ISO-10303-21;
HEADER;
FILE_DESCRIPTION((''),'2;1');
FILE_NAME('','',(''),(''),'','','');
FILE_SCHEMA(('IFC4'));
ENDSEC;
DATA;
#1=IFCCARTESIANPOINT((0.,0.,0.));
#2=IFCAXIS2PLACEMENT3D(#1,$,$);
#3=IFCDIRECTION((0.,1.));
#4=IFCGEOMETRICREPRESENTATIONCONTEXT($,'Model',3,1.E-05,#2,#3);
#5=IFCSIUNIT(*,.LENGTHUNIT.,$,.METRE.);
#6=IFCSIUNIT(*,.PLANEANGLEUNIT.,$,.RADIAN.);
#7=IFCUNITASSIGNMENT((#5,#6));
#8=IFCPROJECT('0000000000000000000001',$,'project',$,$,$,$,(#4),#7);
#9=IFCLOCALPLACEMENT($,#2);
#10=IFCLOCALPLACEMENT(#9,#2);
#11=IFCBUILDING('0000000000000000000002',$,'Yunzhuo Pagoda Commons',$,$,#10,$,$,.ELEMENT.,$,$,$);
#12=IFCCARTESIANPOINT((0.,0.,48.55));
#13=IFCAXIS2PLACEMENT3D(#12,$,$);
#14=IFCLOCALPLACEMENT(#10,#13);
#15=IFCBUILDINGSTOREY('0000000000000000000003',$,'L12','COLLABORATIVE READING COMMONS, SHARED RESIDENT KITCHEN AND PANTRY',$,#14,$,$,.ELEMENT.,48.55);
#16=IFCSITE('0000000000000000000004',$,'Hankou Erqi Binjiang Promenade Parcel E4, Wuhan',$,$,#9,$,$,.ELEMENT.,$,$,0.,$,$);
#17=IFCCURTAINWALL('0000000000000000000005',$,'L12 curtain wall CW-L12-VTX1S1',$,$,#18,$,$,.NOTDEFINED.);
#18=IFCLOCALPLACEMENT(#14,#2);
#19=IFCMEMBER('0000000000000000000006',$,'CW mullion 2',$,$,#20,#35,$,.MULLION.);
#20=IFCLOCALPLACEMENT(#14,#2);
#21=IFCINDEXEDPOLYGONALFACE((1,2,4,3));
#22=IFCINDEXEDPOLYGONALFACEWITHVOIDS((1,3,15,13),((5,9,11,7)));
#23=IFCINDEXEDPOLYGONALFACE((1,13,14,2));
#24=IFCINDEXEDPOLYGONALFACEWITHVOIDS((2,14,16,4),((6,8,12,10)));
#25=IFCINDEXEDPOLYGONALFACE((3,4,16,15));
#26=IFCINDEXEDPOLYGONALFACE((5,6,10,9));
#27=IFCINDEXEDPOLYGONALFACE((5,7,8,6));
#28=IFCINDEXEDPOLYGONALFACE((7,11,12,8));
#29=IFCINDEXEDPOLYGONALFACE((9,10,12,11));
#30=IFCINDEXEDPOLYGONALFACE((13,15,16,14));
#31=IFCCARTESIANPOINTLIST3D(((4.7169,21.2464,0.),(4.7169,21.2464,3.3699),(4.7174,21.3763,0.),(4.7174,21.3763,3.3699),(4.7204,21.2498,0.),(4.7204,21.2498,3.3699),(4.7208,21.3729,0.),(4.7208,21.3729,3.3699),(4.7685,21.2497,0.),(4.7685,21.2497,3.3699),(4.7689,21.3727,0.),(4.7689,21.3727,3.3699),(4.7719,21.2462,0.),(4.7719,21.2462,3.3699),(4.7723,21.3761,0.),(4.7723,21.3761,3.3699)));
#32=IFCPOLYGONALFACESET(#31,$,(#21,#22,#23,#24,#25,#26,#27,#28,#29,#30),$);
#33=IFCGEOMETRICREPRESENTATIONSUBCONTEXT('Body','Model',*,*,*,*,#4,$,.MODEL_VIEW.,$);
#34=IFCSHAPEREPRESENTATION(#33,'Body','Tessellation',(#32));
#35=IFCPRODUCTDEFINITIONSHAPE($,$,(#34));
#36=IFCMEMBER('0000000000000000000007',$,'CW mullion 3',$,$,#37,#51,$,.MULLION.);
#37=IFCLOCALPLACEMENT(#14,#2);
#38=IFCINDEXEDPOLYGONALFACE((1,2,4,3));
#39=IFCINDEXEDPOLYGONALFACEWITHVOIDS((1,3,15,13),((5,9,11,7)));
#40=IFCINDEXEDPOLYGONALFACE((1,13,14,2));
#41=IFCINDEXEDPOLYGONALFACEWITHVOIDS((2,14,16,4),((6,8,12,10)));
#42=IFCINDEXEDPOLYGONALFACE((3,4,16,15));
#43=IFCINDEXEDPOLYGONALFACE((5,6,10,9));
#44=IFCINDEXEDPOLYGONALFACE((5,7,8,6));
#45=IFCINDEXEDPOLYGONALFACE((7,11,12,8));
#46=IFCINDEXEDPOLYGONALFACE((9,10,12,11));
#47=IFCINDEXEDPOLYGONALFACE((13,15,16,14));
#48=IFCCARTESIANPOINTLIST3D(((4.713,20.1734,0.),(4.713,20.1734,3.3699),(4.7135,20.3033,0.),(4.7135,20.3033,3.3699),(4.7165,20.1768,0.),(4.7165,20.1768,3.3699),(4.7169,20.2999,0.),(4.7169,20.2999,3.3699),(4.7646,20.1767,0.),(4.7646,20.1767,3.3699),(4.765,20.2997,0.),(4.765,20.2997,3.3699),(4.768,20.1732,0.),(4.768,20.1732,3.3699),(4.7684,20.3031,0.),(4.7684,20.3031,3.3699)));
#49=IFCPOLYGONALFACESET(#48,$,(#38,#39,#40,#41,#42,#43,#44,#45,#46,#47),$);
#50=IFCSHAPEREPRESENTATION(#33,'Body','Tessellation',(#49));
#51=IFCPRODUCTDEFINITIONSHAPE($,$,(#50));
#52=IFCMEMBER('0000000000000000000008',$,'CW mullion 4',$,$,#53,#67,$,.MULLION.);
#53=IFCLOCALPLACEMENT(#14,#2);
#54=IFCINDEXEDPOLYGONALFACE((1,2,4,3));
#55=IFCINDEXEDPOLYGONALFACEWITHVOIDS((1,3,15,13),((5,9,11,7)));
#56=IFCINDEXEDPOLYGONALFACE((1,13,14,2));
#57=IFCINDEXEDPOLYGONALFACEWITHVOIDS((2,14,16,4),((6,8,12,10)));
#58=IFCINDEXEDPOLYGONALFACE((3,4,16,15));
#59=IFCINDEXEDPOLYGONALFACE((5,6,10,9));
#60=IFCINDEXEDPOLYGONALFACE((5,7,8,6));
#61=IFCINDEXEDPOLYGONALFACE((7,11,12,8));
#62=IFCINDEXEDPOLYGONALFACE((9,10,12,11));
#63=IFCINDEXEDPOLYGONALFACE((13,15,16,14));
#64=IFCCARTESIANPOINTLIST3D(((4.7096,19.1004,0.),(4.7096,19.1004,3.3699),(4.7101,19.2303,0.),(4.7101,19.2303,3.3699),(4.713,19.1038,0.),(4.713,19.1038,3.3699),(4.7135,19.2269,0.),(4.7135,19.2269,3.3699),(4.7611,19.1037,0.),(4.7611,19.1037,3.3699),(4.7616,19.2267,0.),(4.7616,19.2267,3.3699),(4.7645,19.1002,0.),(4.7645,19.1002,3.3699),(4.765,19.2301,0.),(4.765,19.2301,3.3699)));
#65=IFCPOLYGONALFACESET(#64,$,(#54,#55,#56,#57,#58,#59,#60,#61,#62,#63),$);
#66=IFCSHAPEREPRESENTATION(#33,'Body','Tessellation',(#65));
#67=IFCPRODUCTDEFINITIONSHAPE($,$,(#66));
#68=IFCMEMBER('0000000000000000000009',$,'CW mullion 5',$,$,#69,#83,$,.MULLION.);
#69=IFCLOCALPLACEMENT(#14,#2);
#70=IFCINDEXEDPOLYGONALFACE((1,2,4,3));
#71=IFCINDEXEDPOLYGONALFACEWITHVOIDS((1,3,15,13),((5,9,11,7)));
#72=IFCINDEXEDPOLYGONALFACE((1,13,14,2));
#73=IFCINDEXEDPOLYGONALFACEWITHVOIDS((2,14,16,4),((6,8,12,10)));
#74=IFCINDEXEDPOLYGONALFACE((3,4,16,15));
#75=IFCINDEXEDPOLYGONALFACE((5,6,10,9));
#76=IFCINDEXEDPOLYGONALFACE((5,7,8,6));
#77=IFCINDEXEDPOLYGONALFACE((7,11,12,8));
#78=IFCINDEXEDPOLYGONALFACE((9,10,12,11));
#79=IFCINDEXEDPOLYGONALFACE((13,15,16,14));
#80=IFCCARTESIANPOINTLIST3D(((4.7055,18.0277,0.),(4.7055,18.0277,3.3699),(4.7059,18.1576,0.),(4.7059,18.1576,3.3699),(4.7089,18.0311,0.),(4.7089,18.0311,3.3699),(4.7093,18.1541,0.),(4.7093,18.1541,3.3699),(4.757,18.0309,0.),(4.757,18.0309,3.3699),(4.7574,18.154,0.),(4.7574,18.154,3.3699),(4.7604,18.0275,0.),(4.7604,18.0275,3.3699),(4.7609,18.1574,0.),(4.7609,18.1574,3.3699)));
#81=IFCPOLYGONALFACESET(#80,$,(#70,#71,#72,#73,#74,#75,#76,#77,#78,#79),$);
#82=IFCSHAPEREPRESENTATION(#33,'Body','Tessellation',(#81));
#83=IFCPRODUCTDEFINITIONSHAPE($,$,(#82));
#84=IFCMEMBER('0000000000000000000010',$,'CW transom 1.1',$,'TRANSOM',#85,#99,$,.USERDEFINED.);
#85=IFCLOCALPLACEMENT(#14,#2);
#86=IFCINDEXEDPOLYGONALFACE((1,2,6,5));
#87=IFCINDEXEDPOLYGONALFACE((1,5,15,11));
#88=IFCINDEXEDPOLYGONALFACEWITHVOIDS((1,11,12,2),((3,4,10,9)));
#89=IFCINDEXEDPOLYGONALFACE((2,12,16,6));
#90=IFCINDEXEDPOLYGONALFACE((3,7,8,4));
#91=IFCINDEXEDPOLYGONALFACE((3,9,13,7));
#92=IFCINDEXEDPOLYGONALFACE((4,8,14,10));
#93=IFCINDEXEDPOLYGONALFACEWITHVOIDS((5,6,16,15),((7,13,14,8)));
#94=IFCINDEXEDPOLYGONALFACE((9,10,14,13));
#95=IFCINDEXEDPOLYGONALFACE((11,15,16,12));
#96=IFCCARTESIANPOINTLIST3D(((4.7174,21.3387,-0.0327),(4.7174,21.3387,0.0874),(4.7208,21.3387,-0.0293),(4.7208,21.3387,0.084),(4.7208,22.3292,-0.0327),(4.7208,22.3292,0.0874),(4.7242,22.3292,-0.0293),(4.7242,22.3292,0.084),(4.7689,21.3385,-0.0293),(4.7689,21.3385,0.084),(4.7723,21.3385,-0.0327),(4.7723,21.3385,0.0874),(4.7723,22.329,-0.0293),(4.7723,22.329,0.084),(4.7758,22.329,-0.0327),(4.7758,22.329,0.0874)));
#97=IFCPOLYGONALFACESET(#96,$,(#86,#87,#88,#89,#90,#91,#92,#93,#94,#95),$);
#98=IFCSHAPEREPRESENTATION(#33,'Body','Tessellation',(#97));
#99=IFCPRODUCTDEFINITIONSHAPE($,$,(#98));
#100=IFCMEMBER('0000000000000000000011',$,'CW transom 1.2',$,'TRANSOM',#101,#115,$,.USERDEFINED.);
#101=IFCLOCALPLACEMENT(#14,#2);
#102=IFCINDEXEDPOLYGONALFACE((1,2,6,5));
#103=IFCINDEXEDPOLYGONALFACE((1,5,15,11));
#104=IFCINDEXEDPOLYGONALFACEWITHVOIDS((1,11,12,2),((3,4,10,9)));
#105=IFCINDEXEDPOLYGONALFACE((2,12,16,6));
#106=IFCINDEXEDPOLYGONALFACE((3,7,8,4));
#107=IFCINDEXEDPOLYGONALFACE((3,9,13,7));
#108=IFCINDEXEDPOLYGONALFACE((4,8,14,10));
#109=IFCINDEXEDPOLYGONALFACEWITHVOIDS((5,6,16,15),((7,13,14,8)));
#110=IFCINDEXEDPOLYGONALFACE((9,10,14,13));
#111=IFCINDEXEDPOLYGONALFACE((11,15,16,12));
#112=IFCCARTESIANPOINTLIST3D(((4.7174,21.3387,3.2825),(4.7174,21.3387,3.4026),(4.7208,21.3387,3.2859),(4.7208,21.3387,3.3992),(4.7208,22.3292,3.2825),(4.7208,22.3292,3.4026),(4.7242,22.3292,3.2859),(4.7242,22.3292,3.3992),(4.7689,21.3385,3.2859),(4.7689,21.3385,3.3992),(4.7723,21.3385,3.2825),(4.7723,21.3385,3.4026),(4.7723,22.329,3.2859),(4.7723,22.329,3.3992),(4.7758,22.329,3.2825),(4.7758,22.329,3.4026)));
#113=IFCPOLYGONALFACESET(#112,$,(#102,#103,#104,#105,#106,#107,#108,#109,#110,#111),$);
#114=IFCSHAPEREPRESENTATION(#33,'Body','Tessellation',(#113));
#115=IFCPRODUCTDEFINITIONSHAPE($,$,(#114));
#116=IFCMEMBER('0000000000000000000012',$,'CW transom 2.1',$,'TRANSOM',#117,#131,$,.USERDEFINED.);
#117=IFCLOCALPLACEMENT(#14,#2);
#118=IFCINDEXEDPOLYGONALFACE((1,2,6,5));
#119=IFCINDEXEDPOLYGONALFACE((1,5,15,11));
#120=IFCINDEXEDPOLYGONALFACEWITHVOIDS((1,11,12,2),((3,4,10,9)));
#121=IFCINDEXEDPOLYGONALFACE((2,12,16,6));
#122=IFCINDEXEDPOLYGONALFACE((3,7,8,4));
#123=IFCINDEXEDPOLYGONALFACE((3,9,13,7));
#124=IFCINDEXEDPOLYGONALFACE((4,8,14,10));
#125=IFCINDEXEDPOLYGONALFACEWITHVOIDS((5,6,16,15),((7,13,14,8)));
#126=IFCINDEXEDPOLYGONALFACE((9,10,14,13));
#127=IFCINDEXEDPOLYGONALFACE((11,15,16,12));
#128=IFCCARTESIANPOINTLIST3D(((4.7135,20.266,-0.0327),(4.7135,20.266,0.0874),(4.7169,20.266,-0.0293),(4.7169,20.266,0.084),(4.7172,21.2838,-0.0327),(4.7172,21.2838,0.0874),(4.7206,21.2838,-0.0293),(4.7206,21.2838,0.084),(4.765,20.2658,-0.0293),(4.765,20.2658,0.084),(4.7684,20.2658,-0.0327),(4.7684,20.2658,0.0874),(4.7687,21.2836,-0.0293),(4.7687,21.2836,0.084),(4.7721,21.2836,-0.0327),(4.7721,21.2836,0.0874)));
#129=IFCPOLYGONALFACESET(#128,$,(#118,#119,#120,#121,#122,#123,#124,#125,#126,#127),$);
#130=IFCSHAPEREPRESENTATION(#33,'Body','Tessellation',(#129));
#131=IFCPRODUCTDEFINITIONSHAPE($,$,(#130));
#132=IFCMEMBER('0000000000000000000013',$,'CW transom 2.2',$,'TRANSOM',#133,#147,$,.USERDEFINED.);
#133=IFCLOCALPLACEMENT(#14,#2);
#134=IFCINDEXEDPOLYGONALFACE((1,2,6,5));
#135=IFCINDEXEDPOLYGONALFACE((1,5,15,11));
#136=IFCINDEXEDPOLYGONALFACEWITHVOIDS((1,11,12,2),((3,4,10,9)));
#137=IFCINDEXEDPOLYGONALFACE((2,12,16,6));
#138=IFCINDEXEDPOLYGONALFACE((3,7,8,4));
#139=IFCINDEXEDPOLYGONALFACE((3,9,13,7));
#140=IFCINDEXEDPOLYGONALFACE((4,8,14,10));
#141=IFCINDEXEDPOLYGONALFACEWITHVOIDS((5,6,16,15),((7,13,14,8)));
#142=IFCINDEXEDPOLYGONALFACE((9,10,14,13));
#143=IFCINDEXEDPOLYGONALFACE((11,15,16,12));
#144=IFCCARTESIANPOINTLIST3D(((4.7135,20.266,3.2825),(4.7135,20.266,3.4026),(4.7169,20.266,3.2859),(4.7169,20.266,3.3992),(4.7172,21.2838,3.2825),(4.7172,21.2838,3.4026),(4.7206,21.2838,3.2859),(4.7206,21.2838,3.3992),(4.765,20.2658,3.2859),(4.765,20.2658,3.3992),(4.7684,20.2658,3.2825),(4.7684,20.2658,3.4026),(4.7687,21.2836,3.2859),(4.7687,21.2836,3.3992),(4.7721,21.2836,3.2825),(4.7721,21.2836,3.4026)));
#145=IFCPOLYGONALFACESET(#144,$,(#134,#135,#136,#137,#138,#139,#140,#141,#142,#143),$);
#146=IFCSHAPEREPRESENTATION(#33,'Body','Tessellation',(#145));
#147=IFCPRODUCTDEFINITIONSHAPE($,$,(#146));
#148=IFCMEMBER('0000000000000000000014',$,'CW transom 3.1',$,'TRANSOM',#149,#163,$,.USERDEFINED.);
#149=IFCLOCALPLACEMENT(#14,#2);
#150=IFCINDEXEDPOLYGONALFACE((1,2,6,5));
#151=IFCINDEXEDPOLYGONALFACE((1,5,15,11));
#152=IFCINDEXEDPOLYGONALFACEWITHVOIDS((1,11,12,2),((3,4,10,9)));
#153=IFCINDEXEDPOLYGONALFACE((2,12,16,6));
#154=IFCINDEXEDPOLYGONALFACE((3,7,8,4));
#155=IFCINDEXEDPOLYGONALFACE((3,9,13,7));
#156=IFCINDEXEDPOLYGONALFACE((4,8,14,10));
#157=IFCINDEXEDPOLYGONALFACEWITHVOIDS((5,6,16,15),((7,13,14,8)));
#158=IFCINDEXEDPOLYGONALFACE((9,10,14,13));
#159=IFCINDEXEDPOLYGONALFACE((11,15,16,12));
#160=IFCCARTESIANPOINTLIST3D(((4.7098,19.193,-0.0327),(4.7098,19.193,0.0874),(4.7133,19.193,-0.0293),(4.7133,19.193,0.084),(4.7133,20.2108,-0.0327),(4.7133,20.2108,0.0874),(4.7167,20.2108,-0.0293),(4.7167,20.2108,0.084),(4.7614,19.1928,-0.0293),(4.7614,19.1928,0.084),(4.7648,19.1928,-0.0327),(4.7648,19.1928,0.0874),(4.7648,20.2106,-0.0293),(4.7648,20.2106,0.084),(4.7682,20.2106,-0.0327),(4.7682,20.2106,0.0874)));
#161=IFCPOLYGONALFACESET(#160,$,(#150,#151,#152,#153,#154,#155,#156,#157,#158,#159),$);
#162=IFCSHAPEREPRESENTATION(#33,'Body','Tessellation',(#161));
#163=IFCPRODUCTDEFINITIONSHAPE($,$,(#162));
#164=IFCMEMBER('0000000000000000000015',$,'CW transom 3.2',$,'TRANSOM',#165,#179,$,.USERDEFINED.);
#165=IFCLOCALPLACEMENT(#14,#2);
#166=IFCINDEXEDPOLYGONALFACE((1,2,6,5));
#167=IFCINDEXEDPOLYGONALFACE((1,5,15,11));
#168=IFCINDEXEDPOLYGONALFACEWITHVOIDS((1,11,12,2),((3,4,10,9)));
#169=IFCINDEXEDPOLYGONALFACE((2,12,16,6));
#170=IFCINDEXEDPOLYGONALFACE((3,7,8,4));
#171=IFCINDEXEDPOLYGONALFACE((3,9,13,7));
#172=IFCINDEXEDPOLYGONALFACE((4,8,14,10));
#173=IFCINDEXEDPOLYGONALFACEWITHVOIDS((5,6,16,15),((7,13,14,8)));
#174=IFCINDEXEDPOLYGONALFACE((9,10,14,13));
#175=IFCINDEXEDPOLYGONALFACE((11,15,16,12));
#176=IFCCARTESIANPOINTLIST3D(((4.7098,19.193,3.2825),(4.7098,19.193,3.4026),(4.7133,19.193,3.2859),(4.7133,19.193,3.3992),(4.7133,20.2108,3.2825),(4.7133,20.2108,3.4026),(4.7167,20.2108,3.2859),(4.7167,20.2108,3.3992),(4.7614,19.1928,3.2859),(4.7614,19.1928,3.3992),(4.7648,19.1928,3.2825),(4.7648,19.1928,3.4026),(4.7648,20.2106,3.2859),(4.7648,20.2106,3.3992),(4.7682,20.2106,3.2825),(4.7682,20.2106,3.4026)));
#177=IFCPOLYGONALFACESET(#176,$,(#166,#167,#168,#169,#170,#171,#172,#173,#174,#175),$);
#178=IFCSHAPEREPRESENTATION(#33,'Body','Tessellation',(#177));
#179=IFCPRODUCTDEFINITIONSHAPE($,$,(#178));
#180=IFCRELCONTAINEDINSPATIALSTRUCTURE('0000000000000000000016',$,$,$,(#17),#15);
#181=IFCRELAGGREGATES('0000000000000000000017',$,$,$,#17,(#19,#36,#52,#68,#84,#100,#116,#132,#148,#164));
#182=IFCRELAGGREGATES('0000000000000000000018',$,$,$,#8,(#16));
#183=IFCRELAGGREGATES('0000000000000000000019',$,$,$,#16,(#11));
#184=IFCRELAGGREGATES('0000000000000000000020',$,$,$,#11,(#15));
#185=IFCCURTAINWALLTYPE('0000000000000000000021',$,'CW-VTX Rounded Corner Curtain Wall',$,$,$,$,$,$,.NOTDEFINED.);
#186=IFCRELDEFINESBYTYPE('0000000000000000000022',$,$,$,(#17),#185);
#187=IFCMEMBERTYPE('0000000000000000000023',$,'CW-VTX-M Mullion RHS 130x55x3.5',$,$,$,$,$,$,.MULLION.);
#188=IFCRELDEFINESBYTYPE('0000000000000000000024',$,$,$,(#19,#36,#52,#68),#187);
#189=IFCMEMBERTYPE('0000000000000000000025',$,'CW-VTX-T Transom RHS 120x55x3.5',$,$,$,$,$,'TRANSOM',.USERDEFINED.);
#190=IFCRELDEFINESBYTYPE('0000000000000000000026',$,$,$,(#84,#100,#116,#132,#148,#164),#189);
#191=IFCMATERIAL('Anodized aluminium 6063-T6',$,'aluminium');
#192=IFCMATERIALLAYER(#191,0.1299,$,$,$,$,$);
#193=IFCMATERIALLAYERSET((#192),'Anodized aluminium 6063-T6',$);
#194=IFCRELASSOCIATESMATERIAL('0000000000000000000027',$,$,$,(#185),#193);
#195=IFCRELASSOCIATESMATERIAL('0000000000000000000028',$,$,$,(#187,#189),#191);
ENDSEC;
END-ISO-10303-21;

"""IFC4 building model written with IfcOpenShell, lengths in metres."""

from ifc_helpers import new_model, si_unit, direction, frame, origin, origin_2d, place, context, subcontext, project, spatial, hollow_rectangle, extrude, source, transform, mapped, material, layer, layer_set, material_profile, profile_set, type_object, element, aggregate, save


model = new_model("IFC4")

# Units and contexts
model_context = context("Model", 3, precision=1e-05, world=origin(), true_north=direction((0.0, 1.0)))
body_context = subcontext(model_context, "Body", "Model", "MODEL_VIEW")
ifc_project = project(units=[si_unit("LENGTHUNIT", "METRE"), si_unit("PLANEANGLEUNIT", "RADIAN")], contexts=[model_context])

# Site, building, storey
site_placement = place(None, origin())
site = spatial("IfcSite", under=ifc_project, at=site_placement, Name="Hankou Erqi Binjiang Promenade Parcel E4, Wuhan", CompositionType="ELEMENT", RefElevation=0.0)
building_placement = place(site_placement, origin())
building = spatial("IfcBuilding", under=site, at=building_placement, Name="Yunzhuo Pagoda Commons", CompositionType="ELEMENT")
storey_placement = place(building_placement, frame((0.0, 0.0, 48.55)))
storey = spatial("IfcBuildingStorey", under=building, at=storey_placement, Name="L12", Description="COLLABORATIVE READING COMMONS, SHARED RESIDENT KITCHEN AND PANTRY", CompositionType="ELEMENT", Elevation=48.55)

# Shared definitions
ifc_material_1 = material(Name="Anodized aluminium 6063-T6", Category="aluminium")

# Curtain wall, members
ifc_layer_1 = layer(ifc_material_1, 0.1299)
ifc_layer_set_1 = layer_set([ifc_layer_1], Name="Anodized aluminium 6063-T6")
curtain_wall_type_1 = type_object("IfcCurtainWallType", Name="CW-VTX Rounded Corner Curtain Wall", PredefinedType="NOTDEFINED", material=ifc_layer_set_1)
curtain_wall_1_placement = place(storey_placement, origin())
curtain_wall_1 = element("IfcCurtainWall", 1, at=curtain_wall_1_placement, inside=storey, type_object=curtain_wall_type_1, Name="L12 curtain wall CW-L12-VTX1S1", PredefinedType="NOTDEFINED")
ifc_material_profile_1 = material_profile(ifc_material_1, hollow_rectangle(XDim=0.0549, YDim=0.1299, WallThickness=0.0034, at=origin_2d()), Name="Anodized aluminium 6063-T6")
ifc_profile_set_1 = profile_set([ifc_material_profile_1], Name="Anodized aluminium 6063-T6")
member_type_1 = type_object("IfcMemberType", Name="CW-VTX-M Mullion RHS 130x55x3.5", PredefinedType="MULLION", material=ifc_profile_set_1)
shared_shape_1 = source(origin(), body_context, "Body", "SweptSolid", [
    extrude(hollow_rectangle(XDim=0.0549, YDim=0.1299, WallThickness=0.0034, at=origin_2d()), origin(), (0.0, 0.0, 1.0), 3.3699),
])
member_1_placement = place(storey_placement, frame((4.7446, 21.3113, 0.0), z_axis=(0.0, 0.0, 1.0), x_axis=(0.999994, -0.003579, 0.0)))
member_1 = element("IfcMember", 2, at=member_1_placement, type_object=member_type_1, Name="CW mullion 2", PredefinedType="MULLION", context=body_context, shape_type="MappedRepresentation", body=[
    mapped(shared_shape_1, transform((0.0, 0.0, 0.0), scale=1.0)),
])
member_2_placement = place(storey_placement, frame((4.7407, 20.2383, 0.0), z_axis=(0.0, 0.0, 1.0), x_axis=(0.999994, -0.003579, 0.0)))
member_2 = element("IfcMember", 3, at=member_2_placement, type_object=member_type_1, Name="CW mullion 3", PredefinedType="MULLION", context=body_context, shape_type="MappedRepresentation", body=[
    mapped(shared_shape_1, transform((0.0, 0.0, 0.0), scale=1.0)),
])
member_3_placement = place(storey_placement, frame((4.7373, 19.1653, 0.0), z_axis=(0.0, 0.0, 1.0), x_axis=(0.999994, -0.003579, 0.0)))
member_3 = element("IfcMember", 4, at=member_3_placement, type_object=member_type_1, Name="CW mullion 4", PredefinedType="MULLION", context=body_context, shape_type="MappedRepresentation", body=[
    mapped(shared_shape_1, transform((0.0, 0.0, 0.0), scale=1.0)),
])
member_4_placement = place(storey_placement, frame((4.7332, 18.0925, 0.0), z_axis=(0.0, 0.0, 1.0), x_axis=(0.999994, -0.003579, 0.0)))
member_4 = element("IfcMember", 5, at=member_4_placement, type_object=member_type_1, Name="CW mullion 5", PredefinedType="MULLION", context=body_context, shape_type="MappedRepresentation", body=[
    mapped(shared_shape_1, transform((0.0, 0.0, 0.0), scale=1.0)),
])
ifc_material_profile_2 = material_profile(ifc_material_1, hollow_rectangle(XDim=0.0549, YDim=0.1201, WallThickness=0.0034, at=origin_2d()), Name="Anodized aluminium 6063-T6")
ifc_profile_set_2 = profile_set([ifc_material_profile_2], Name="Anodized aluminium 6063-T6")
member_type_2 = type_object("IfcMemberType", Name="CW-VTX-T Transom RHS 120x55x3.5", ElementType="TRANSOM", PredefinedType="USERDEFINED", material=ifc_profile_set_2)
shared_shape_2 = source(origin(), body_context, "Body", "SweptSolid", [
    extrude(hollow_rectangle(XDim=0.0549, YDim=0.1201, WallThickness=0.0034, at=origin_2d()), origin(), (0.0, 0.0, 1.0), 0.9905),
])
member_5_placement = place(storey_placement, frame((4.7483, 22.3291, 0.0273), z_axis=(-0.003451, -0.999994, 0.0), x_axis=(0.999994, -0.003451, 0.0)))
member_5 = element("IfcMember", 6, at=member_5_placement, type_object=member_type_2, Name="CW transom 1.1", ObjectType="TRANSOM", PredefinedType="USERDEFINED", context=body_context, shape_type="MappedRepresentation", body=[
    mapped(shared_shape_2, transform((0.0, 0.0, 0.0), scale=1.0)),
])
member_6_placement = place(storey_placement, frame((4.7483, 22.3291, 3.3425), z_axis=(-0.003451, -0.999994, 0.0), x_axis=(0.999994, -0.003451, 0.0)))
member_6 = element("IfcMember", 7, at=member_6_placement, type_object=member_type_2, Name="CW transom 1.2", ObjectType="TRANSOM", PredefinedType="USERDEFINED", context=body_context, shape_type="MappedRepresentation", body=[
    mapped(shared_shape_2, transform((0.0, 0.0, 0.0), scale=1.0)),
])
shared_shape_3 = source(origin(), body_context, "Body", "SweptSolid", [
    extrude(hollow_rectangle(XDim=0.0549, YDim=0.1201, WallThickness=0.0034, at=origin_2d()), origin(), (0.0, 0.0, 1.0), 1.0178),
])
member_7_placement = place(storey_placement, frame((4.7446, 21.2837, 0.0273), z_axis=(-0.003598, -0.999994, 0.0), x_axis=(0.999994, -0.003598, 0.0)))
member_7 = element("IfcMember", 8, at=member_7_placement, type_object=member_type_2, Name="CW transom 2.1", ObjectType="TRANSOM", PredefinedType="USERDEFINED", context=body_context, shape_type="MappedRepresentation", body=[
    mapped(shared_shape_3, transform((0.0, 0.0, 0.0), scale=1.0)),
])
member_8_placement = place(storey_placement, frame((4.7446, 21.2837, 3.3425), z_axis=(-0.003598, -0.999994, 0.0), x_axis=(0.999994, -0.003598, 0.0)))
member_8 = element("IfcMember", 9, at=member_8_placement, type_object=member_type_2, Name="CW transom 2.2", ObjectType="TRANSOM", PredefinedType="USERDEFINED", context=body_context, shape_type="MappedRepresentation", body=[
    mapped(shared_shape_3, transform((0.0, 0.0, 0.0), scale=1.0)),
])
member_9_placement = place(storey_placement, frame((4.7407, 20.2107, 0.0273), z_axis=(-0.003358, -0.999994, 0.0), x_axis=(0.999994, -0.003358, 0.0)))
member_9 = element("IfcMember", 10, at=member_9_placement, type_object=member_type_2, Name="CW transom 3.1", ObjectType="TRANSOM", PredefinedType="USERDEFINED", context=body_context, shape_type="MappedRepresentation", body=[
    mapped(shared_shape_3, transform((0.0, 0.0, 0.0), scale=1.0)),
])
member_10_placement = place(storey_placement, frame((4.7407, 20.2107, 3.3425), z_axis=(-0.003358, -0.999994, 0.0), x_axis=(0.999994, -0.003358, 0.0)))
member_10 = element("IfcMember", 11, at=member_10_placement, type_object=member_type_2, Name="CW transom 3.2", ObjectType="TRANSOM", PredefinedType="USERDEFINED", context=body_context, shape_type="MappedRepresentation", body=[
    mapped(shared_shape_3, transform((0.0, 0.0, 0.0), scale=1.0)),
])

aggregate(curtain_wall_1, [member_1, member_2, member_3, member_4, member_5, member_6, member_7, member_8, member_9, member_10])

save(model, "model.ifc")
